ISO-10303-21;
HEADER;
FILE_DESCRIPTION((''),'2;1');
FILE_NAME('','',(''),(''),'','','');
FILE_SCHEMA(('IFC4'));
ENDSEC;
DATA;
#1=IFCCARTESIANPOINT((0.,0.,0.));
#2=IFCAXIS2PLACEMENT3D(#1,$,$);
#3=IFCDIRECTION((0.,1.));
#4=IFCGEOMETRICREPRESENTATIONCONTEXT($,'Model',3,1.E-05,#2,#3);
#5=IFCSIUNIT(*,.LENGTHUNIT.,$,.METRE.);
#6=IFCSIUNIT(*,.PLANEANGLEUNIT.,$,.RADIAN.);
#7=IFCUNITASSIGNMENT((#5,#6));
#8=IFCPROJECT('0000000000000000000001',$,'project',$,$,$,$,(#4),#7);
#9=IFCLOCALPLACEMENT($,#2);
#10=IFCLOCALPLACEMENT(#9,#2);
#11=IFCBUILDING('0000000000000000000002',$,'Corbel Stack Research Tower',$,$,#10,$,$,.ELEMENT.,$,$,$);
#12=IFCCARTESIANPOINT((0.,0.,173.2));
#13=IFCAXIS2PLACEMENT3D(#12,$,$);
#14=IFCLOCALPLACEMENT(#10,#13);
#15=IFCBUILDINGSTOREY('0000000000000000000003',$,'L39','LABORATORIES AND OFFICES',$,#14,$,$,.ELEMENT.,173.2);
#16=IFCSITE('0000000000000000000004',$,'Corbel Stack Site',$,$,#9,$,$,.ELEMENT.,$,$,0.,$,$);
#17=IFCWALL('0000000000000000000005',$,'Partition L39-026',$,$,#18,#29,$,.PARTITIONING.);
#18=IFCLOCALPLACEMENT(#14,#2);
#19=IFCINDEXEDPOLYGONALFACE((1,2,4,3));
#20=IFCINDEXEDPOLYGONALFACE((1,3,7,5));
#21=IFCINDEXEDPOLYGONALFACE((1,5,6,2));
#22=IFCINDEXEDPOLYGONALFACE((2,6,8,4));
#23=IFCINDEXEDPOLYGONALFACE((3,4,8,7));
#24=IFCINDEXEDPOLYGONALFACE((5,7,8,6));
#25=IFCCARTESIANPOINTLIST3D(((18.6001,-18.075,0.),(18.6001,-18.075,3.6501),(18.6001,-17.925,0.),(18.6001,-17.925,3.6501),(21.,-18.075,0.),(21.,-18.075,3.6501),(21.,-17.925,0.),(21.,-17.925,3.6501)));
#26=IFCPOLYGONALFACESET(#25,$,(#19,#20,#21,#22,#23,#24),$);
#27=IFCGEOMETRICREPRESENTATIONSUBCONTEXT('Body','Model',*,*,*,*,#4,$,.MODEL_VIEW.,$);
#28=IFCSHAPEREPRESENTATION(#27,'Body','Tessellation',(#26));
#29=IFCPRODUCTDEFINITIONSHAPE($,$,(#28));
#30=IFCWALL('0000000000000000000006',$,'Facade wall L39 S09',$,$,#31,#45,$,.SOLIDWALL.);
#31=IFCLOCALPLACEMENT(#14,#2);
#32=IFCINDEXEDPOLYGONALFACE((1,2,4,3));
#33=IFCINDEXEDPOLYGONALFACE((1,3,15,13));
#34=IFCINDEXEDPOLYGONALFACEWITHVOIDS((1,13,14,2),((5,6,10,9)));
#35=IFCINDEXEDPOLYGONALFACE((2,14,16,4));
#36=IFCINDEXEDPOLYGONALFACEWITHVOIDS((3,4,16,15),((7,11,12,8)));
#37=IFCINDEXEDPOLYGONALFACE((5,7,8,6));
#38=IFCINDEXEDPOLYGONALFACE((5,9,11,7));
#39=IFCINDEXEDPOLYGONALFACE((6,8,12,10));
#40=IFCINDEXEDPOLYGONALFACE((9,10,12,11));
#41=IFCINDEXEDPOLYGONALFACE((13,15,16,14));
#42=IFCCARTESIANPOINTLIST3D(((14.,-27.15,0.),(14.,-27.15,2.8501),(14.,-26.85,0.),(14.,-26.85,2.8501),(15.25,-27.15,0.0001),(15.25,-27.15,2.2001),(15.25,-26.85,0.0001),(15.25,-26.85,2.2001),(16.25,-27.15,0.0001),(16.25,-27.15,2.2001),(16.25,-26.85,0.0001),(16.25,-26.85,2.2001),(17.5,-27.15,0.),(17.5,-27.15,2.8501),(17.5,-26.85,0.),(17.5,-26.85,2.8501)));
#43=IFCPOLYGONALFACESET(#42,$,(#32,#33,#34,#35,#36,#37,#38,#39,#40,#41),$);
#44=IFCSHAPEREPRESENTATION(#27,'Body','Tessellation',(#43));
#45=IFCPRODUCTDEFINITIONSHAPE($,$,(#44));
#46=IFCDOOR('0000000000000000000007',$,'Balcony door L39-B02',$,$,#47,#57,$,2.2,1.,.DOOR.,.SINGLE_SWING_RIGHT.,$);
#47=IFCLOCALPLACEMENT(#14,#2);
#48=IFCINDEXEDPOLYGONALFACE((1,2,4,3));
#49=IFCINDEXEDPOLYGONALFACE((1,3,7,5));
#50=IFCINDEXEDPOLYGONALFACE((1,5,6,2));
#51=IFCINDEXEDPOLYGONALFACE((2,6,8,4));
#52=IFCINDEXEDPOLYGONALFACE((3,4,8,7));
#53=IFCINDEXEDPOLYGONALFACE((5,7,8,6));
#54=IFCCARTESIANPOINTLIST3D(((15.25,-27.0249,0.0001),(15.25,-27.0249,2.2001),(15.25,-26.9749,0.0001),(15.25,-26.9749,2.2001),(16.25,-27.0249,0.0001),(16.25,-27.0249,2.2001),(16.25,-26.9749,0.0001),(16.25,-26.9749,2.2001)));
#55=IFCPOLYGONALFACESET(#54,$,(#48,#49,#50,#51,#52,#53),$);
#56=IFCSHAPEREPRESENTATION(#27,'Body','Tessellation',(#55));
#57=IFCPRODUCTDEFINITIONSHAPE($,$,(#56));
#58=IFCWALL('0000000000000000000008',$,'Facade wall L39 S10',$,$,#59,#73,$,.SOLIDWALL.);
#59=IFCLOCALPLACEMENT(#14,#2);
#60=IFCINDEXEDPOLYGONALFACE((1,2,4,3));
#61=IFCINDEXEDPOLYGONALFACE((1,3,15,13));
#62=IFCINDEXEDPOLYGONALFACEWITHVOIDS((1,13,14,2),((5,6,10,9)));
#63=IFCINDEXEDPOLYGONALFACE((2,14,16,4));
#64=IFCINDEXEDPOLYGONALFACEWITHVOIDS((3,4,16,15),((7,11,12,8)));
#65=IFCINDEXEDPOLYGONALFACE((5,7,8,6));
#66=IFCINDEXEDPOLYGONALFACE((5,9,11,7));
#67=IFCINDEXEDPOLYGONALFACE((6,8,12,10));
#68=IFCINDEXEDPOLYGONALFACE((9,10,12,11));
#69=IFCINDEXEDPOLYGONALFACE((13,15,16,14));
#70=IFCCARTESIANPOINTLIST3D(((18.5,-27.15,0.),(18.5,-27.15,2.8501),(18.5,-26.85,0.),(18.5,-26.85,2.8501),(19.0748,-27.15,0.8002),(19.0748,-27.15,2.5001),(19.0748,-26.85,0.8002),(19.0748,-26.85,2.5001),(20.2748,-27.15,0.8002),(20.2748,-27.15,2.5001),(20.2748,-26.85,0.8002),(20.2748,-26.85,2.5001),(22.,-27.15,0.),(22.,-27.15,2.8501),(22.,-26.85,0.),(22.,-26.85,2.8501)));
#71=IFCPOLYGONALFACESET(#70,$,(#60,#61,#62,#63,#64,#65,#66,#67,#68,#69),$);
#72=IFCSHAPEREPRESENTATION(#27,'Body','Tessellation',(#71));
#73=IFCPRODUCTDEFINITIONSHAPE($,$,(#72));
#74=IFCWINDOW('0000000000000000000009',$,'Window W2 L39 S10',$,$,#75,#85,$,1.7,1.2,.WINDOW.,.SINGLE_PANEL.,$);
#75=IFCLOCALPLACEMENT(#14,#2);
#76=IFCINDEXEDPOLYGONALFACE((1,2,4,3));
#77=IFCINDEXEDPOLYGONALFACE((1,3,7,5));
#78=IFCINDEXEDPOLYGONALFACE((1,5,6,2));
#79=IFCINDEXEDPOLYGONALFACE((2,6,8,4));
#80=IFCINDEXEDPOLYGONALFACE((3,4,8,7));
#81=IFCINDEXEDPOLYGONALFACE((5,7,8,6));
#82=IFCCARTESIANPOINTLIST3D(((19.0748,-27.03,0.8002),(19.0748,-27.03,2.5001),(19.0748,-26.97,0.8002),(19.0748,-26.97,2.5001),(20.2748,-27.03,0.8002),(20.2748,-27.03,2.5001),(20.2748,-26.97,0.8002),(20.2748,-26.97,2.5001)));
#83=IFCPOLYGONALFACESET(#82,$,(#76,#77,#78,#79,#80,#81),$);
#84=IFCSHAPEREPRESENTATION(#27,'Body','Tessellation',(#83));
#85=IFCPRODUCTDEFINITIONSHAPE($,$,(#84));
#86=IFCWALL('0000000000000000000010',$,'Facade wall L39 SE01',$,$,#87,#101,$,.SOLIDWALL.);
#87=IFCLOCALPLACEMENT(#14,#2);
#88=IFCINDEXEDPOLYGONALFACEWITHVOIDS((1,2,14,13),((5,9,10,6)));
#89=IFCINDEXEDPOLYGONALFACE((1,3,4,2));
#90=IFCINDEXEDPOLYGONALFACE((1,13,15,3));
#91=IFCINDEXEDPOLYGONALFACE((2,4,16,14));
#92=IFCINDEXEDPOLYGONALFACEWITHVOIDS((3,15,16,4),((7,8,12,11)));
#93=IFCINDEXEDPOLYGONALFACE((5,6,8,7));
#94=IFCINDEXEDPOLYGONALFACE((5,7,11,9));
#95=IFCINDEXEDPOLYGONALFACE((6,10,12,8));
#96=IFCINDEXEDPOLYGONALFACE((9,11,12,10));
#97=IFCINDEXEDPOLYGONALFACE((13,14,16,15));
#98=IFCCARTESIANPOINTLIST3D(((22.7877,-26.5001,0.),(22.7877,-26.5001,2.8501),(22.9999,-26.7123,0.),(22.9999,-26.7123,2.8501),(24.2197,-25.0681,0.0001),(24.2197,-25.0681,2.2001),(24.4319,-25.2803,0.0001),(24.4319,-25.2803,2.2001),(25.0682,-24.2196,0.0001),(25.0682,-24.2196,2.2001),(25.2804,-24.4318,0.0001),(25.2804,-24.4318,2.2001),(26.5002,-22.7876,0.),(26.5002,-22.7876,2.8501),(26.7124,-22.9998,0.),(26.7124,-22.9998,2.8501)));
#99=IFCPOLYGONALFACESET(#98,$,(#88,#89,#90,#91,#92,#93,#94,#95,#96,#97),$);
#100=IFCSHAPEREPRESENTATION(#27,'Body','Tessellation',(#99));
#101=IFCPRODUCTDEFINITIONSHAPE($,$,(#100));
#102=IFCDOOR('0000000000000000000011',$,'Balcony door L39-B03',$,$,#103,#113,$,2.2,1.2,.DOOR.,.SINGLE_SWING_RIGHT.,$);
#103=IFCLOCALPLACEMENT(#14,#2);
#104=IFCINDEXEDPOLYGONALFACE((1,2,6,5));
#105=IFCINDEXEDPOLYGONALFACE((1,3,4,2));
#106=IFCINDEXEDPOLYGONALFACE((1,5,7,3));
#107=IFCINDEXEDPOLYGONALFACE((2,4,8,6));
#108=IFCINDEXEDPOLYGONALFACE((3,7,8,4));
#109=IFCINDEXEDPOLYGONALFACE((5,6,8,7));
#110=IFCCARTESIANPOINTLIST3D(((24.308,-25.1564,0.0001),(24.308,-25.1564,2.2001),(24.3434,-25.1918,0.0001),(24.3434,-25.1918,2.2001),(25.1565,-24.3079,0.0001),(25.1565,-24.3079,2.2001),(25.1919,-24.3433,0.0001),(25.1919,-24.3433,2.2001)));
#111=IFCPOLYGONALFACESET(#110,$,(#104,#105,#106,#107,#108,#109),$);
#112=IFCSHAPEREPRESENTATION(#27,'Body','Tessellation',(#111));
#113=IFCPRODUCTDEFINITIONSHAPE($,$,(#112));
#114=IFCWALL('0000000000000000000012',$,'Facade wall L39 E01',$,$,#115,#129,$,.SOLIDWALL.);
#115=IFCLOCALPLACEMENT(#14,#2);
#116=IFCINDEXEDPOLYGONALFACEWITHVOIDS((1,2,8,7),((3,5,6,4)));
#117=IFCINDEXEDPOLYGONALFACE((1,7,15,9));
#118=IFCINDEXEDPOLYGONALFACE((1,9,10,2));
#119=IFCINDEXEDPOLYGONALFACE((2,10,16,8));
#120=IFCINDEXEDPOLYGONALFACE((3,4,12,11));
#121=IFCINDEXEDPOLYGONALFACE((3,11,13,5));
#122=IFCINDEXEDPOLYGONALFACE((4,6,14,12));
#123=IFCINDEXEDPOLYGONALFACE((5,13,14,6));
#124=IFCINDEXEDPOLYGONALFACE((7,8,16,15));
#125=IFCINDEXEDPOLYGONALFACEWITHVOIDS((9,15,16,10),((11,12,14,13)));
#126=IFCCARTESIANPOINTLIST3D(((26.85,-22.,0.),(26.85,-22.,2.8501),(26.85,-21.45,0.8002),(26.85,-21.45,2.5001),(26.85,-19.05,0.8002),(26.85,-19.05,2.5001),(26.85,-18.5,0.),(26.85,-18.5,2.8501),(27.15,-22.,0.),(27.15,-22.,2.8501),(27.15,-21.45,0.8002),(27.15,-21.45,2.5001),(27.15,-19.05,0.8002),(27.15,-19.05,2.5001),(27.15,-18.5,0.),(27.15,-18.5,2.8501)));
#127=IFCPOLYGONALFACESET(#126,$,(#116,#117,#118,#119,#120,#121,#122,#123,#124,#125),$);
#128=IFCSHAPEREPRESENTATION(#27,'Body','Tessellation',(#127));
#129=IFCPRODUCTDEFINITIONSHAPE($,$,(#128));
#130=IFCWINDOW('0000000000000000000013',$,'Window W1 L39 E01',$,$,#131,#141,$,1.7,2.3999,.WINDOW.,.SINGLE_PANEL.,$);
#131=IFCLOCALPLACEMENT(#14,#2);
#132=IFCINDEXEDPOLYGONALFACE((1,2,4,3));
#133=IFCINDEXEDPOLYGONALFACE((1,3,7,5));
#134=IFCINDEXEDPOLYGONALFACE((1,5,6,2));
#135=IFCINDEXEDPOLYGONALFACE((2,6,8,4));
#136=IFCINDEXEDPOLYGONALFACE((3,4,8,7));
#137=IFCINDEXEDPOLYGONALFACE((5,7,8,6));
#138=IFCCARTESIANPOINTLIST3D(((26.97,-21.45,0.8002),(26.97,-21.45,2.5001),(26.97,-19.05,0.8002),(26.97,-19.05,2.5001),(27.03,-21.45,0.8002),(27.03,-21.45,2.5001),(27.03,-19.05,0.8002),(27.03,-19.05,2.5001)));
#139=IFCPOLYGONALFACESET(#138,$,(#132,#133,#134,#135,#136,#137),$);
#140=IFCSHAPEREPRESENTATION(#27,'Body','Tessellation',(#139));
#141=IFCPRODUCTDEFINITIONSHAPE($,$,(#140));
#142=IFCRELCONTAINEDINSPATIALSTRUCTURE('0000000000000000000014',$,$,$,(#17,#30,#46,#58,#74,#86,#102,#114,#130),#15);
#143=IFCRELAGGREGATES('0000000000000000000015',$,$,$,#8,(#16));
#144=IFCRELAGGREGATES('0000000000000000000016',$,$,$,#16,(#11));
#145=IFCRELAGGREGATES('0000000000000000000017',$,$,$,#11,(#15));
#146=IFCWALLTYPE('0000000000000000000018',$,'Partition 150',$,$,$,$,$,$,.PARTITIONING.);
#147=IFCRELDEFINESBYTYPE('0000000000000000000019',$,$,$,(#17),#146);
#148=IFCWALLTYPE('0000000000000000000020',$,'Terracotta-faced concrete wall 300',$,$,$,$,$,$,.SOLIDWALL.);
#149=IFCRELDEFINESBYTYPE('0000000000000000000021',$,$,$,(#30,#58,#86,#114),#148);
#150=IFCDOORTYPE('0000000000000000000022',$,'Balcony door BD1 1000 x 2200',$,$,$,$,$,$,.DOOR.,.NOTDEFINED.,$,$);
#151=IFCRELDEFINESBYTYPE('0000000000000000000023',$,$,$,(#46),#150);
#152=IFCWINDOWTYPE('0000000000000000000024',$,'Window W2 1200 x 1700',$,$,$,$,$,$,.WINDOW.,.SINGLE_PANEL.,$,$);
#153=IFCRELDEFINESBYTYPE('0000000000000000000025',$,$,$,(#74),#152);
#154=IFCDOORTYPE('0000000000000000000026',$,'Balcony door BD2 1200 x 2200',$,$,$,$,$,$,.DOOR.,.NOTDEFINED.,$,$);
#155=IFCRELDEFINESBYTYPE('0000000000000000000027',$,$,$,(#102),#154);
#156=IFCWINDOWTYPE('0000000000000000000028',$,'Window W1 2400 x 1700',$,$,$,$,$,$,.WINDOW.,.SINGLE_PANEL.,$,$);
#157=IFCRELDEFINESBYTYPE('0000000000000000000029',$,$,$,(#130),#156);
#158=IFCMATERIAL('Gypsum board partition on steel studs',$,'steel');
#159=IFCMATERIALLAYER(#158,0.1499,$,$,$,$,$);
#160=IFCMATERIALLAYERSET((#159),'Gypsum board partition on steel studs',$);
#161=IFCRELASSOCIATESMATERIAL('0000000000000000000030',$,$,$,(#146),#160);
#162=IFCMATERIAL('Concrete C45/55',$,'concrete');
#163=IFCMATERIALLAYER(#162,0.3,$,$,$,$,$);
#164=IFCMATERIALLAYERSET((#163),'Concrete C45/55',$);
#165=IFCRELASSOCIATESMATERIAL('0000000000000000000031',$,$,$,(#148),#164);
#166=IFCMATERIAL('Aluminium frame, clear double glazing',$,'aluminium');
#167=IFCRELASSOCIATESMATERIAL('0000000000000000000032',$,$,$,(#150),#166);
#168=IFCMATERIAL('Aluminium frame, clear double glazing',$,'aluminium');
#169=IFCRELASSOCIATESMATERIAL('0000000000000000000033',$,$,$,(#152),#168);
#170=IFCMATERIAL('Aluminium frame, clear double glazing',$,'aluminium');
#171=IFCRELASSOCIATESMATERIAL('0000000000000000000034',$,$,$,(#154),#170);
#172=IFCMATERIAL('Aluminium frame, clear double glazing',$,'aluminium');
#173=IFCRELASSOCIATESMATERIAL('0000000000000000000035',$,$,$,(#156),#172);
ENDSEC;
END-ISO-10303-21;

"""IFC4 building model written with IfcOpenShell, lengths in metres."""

from ifc_helpers import new_model, si_unit, direction, frame, frame_2d, origin, place, context, subcontext, project, spatial, rectangle, extrude, material, layer, layer_set, type_object, element, fill, save


model = new_model("IFC4")

# Units and contexts
model_context = context("Model", 3, precision=1e-05, world=origin(), true_north=direction((0.0, 1.0)))
body_context = subcontext(model_context, "Body", "Model", "MODEL_VIEW")
ifc_project = project(units=[si_unit("LENGTHUNIT", "METRE"), si_unit("PLANEANGLEUNIT", "RADIAN")], contexts=[model_context])

# Site, building, storey
site_placement = place(None, origin())
site = spatial("IfcSite", under=ifc_project, at=site_placement, Name="Corbel Stack Site", CompositionType="ELEMENT", RefElevation=0.0)
building_placement = place(site_placement, origin())
building = spatial("IfcBuilding", under=site, at=building_placement, Name="Corbel Stack Research Tower", CompositionType="ELEMENT")
storey_placement = place(building_placement, frame((0.0, 0.0, 173.2)))
storey = spatial("IfcBuildingStorey", under=building, at=storey_placement, Name="L39", Description="LABORATORIES AND OFFICES", CompositionType="ELEMENT", Elevation=173.2)

# Shared definitions
ifc_material_1 = material(Name="Gypsum board partition on steel studs", Category="steel")
ifc_layer_1 = layer(ifc_material_1, 0.1499)
ifc_layer_set_1 = layer_set([ifc_layer_1], Name="Gypsum board partition on steel studs")
wall_type_1 = type_object("IfcWallType", Name="Partition 150", PredefinedType="PARTITIONING", material=ifc_layer_set_1)

# Wall
wall_1_placement = place(storey_placement, frame((18.6001, -18.0, 0.0), z_axis=(0.0, 0.0, 1.0), x_axis=(1.0, 0.0, 0.0)))
element("IfcWall", 1, at=wall_1_placement, inside=storey, type_object=wall_type_1, Name="Partition L39-026", PredefinedType="PARTITIONING", context=body_context, shape_type="SweptSolid", body=[
    extrude(rectangle(XDim=2.3999, YDim=0.1499, at=frame_2d((1.2, 0.0))), origin(), (0.0, 0.0, 1.0), 3.6501),
])

# Wall, opening, door
ifc_material_2 = material(Name="Concrete C45/55", Category="concrete")
ifc_layer_2 = layer(ifc_material_2, 0.3)
ifc_layer_set_2 = layer_set([ifc_layer_2], Name="Concrete C45/55")
wall_type_2 = type_object("IfcWallType", Name="Terracotta-faced concrete wall 300", PredefinedType="SOLIDWALL", material=ifc_layer_set_2)
wall_2_placement = place(storey_placement, frame((17.5, -27.0, 0.0), z_axis=(0.0, 0.0, 1.0), x_axis=(-1.0, 0.0, 0.0)))
wall_2 = element("IfcWall", 2, at=wall_2_placement, inside=storey, type_object=wall_type_2, Name="Facade wall L39 S09", PredefinedType="SOLIDWALL", context=body_context, shape_type="SweptSolid", body=[
    extrude(rectangle(XDim=3.5, YDim=0.3, at=frame_2d((1.75, 0.0))), origin(), (0.0, 0.0, 1.0), 2.8501),
])
opening_1_placement = place(wall_2_placement, frame((1.25, 0.0, 0.0)))
opening_1 = element("IfcOpeningElement", 3, at=opening_1_placement, cuts=wall_2, PredefinedType="OPENING", context=body_context, shape_type="SweptSolid", body=[
    extrude(rectangle(XDim=1.0, YDim=2.2, at=frame_2d((0.5, 1.1001))), frame((0.0, 0.1599, 0.0), z_axis=(0.0, -1.0, 0.0), x_axis=(1.0, 0.0, 0.0)), (0.0, 0.0, 1.0), 0.3201),
])
ifc_material_3 = material(Name="Aluminium frame, clear double glazing", Category="aluminium")
door_type_1 = type_object("IfcDoorType", Name="Balcony door BD1 1000 x 2200", OperationType="NOTDEFINED", PredefinedType="DOOR", material=ifc_material_3)
door_1_placement = place(opening_1_placement, origin())
door_1 = element("IfcDoor", 4, at=door_1_placement, inside=storey, type_object=door_type_1, Name="Balcony door L39-B02", OperationType="SINGLE_SWING_RIGHT", OverallHeight=2.2, OverallWidth=1.0, PredefinedType="DOOR", context=body_context, shape_type="SweptSolid", body=[
    extrude(rectangle(XDim=1.0, YDim=2.2, at=frame_2d((0.5, 1.1001))), frame((0.0, 0.0249, 0.0), z_axis=(0.0, -1.0, 0.0), x_axis=(1.0, 0.0, 0.0)), (0.0, 0.0, 1.0), 0.05),
])
fill(opening_1, door_1)

# Wall, opening, window
wall_3_placement = place(storey_placement, frame((22.0, -27.0, 0.0), z_axis=(0.0, 0.0, 1.0), x_axis=(-1.0, 0.0, 0.0)))
wall_3 = element("IfcWall", 5, at=wall_3_placement, inside=storey, type_object=wall_type_2, Name="Facade wall L39 S10", PredefinedType="SOLIDWALL", context=body_context, shape_type="SweptSolid", body=[
    extrude(rectangle(XDim=3.5, YDim=0.3, at=frame_2d((1.75, 0.0))), origin(), (0.0, 0.0, 1.0), 2.8501),
])
opening_2_placement = place(wall_3_placement, frame((1.7251, 0.0, 0.8)))
opening_2 = element("IfcOpeningElement", 6, at=opening_2_placement, cuts=wall_3, PredefinedType="OPENING", context=body_context, shape_type="SweptSolid", body=[
    extrude(rectangle(XDim=1.2, YDim=1.7, at=frame_2d((0.6001, 0.8501))), frame((0.0, 0.1599, 0.0), z_axis=(0.0, -1.0, 0.0), x_axis=(1.0, 0.0, 0.0)), (0.0, 0.0, 1.0), 0.3201),
])
ifc_material_4 = material(Name="Aluminium frame, clear double glazing", Category="aluminium")
window_type_1 = type_object("IfcWindowType", Name="Window W2 1200 x 1700", PartitioningType="SINGLE_PANEL", PredefinedType="WINDOW", material=ifc_material_4)
window_1_placement = place(opening_2_placement, origin())
window_1 = element("IfcWindow", 7, at=window_1_placement, inside=storey, type_object=window_type_1, Name="Window W2 L39 S10", OverallHeight=1.7, OverallWidth=1.2, PartitioningType="SINGLE_PANEL", PredefinedType="WINDOW", context=body_context, shape_type="SweptSolid", body=[
    extrude(rectangle(XDim=1.2, YDim=1.7, at=frame_2d((0.6001, 0.8501))), frame((0.0, 0.03, 0.0), z_axis=(0.0, -1.0, 0.0), x_axis=(1.0, 0.0, 0.0)), (0.0, 0.0, 1.0), 0.0601),
])
fill(opening_2, window_1)

# Wall, opening, door
wall_4_placement = place(storey_placement, frame((26.6062, -22.8938, 0.0), z_axis=(0.0, 0.0, 1.0), x_axis=(-0.707107, -0.707107, 0.0)))
wall_4 = element("IfcWall", 8, at=wall_4_placement, inside=storey, type_object=wall_type_2, Name="Facade wall L39 SE01", PredefinedType="SOLIDWALL", context=body_context, shape_type="SweptSolid", body=[
    extrude(rectangle(XDim=5.2502, YDim=0.3, at=frame_2d((2.625, 0.0))), origin(), (0.0, 0.0, 1.0), 2.8501),
])
opening_3_placement = place(wall_4_placement, frame((2.0249, 0.0, 0.0)))
opening_3 = element("IfcOpeningElement", 9, at=opening_3_placement, cuts=wall_4, PredefinedType="OPENING", context=body_context, shape_type="SweptSolid", body=[
    extrude(rectangle(XDim=1.2, YDim=2.2, at=frame_2d((0.6001, 1.1001))), frame((0.0, 0.1599, 0.0), z_axis=(0.0, -1.0, 0.0), x_axis=(1.0, 0.0, 0.0)), (0.0, 0.0, 1.0), 0.3201),
])
ifc_material_5 = material(Name="Aluminium frame, clear double glazing", Category="aluminium")
door_type_2 = type_object("IfcDoorType", Name="Balcony door BD2 1200 x 2200", OperationType="NOTDEFINED", PredefinedType="DOOR", material=ifc_material_5)
door_2_placement = place(opening_3_placement, origin())
door_2 = element("IfcDoor", 10, at=door_2_placement, inside=storey, type_object=door_type_2, Name="Balcony door L39-B03", OperationType="SINGLE_SWING_RIGHT", OverallHeight=2.2, OverallWidth=1.2, PredefinedType="DOOR", context=body_context, shape_type="SweptSolid", body=[
    extrude(rectangle(XDim=1.2, YDim=2.2, at=frame_2d((0.6001, 1.1001))), frame((0.0, 0.0249, 0.0), z_axis=(0.0, -1.0, 0.0), x_axis=(1.0, 0.0, 0.0)), (0.0, 0.0, 1.0), 0.05),
])
fill(opening_3, door_2)

# Wall, opening, window
wall_5_placement = place(storey_placement, frame((27.0, -18.5, 0.0), z_axis=(0.0, 0.0, 1.0), x_axis=(0.0, -1.0, 0.0)))
wall_5 = element("IfcWall", 11, at=wall_5_placement, inside=storey, type_object=wall_type_2, Name="Facade wall L39 E01", PredefinedType="SOLIDWALL", context=body_context, shape_type="SweptSolid", body=[
    extrude(rectangle(XDim=3.5, YDim=0.3, at=frame_2d((1.75, 0.0))), origin(), (0.0, 0.0, 1.0), 2.8501),
])
opening_4_placement = place(wall_5_placement, frame((0.55, 0.0, 0.8)))
opening_4 = element("IfcOpeningElement", 12, at=opening_4_placement, cuts=wall_5, PredefinedType="OPENING", context=body_context, shape_type="SweptSolid", body=[
    extrude(rectangle(XDim=2.3999, YDim=1.7, at=frame_2d((1.2, 0.8501))), frame((0.0, 0.1599, 0.0), z_axis=(0.0, -1.0, 0.0), x_axis=(1.0, 0.0, 0.0)), (0.0, 0.0, 1.0), 0.3201),
])
ifc_material_6 = material(Name="Aluminium frame, clear double glazing", Category="aluminium")
window_type_2 = type_object("IfcWindowType", Name="Window W1 2400 x 1700", PartitioningType="SINGLE_PANEL", PredefinedType="WINDOW", material=ifc_material_6)
window_2_placement = place(opening_4_placement, origin())
window_2 = element("IfcWindow", 13, at=window_2_placement, inside=storey, type_object=window_type_2, Name="Window W1 L39 E01", OverallHeight=1.7, OverallWidth=2.3999, PartitioningType="SINGLE_PANEL", PredefinedType="WINDOW", context=body_context, shape_type="SweptSolid", body=[
    extrude(rectangle(XDim=2.3999, YDim=1.7, at=frame_2d((1.2, 0.8501))), frame((0.0, 0.03, 0.0), z_axis=(0.0, -1.0, 0.0), x_axis=(1.0, 0.0, 0.0)), (0.0, 0.0, 1.0), 0.0601),
])
fill(opening_4, window_2)

save(model, "model.ifc")
